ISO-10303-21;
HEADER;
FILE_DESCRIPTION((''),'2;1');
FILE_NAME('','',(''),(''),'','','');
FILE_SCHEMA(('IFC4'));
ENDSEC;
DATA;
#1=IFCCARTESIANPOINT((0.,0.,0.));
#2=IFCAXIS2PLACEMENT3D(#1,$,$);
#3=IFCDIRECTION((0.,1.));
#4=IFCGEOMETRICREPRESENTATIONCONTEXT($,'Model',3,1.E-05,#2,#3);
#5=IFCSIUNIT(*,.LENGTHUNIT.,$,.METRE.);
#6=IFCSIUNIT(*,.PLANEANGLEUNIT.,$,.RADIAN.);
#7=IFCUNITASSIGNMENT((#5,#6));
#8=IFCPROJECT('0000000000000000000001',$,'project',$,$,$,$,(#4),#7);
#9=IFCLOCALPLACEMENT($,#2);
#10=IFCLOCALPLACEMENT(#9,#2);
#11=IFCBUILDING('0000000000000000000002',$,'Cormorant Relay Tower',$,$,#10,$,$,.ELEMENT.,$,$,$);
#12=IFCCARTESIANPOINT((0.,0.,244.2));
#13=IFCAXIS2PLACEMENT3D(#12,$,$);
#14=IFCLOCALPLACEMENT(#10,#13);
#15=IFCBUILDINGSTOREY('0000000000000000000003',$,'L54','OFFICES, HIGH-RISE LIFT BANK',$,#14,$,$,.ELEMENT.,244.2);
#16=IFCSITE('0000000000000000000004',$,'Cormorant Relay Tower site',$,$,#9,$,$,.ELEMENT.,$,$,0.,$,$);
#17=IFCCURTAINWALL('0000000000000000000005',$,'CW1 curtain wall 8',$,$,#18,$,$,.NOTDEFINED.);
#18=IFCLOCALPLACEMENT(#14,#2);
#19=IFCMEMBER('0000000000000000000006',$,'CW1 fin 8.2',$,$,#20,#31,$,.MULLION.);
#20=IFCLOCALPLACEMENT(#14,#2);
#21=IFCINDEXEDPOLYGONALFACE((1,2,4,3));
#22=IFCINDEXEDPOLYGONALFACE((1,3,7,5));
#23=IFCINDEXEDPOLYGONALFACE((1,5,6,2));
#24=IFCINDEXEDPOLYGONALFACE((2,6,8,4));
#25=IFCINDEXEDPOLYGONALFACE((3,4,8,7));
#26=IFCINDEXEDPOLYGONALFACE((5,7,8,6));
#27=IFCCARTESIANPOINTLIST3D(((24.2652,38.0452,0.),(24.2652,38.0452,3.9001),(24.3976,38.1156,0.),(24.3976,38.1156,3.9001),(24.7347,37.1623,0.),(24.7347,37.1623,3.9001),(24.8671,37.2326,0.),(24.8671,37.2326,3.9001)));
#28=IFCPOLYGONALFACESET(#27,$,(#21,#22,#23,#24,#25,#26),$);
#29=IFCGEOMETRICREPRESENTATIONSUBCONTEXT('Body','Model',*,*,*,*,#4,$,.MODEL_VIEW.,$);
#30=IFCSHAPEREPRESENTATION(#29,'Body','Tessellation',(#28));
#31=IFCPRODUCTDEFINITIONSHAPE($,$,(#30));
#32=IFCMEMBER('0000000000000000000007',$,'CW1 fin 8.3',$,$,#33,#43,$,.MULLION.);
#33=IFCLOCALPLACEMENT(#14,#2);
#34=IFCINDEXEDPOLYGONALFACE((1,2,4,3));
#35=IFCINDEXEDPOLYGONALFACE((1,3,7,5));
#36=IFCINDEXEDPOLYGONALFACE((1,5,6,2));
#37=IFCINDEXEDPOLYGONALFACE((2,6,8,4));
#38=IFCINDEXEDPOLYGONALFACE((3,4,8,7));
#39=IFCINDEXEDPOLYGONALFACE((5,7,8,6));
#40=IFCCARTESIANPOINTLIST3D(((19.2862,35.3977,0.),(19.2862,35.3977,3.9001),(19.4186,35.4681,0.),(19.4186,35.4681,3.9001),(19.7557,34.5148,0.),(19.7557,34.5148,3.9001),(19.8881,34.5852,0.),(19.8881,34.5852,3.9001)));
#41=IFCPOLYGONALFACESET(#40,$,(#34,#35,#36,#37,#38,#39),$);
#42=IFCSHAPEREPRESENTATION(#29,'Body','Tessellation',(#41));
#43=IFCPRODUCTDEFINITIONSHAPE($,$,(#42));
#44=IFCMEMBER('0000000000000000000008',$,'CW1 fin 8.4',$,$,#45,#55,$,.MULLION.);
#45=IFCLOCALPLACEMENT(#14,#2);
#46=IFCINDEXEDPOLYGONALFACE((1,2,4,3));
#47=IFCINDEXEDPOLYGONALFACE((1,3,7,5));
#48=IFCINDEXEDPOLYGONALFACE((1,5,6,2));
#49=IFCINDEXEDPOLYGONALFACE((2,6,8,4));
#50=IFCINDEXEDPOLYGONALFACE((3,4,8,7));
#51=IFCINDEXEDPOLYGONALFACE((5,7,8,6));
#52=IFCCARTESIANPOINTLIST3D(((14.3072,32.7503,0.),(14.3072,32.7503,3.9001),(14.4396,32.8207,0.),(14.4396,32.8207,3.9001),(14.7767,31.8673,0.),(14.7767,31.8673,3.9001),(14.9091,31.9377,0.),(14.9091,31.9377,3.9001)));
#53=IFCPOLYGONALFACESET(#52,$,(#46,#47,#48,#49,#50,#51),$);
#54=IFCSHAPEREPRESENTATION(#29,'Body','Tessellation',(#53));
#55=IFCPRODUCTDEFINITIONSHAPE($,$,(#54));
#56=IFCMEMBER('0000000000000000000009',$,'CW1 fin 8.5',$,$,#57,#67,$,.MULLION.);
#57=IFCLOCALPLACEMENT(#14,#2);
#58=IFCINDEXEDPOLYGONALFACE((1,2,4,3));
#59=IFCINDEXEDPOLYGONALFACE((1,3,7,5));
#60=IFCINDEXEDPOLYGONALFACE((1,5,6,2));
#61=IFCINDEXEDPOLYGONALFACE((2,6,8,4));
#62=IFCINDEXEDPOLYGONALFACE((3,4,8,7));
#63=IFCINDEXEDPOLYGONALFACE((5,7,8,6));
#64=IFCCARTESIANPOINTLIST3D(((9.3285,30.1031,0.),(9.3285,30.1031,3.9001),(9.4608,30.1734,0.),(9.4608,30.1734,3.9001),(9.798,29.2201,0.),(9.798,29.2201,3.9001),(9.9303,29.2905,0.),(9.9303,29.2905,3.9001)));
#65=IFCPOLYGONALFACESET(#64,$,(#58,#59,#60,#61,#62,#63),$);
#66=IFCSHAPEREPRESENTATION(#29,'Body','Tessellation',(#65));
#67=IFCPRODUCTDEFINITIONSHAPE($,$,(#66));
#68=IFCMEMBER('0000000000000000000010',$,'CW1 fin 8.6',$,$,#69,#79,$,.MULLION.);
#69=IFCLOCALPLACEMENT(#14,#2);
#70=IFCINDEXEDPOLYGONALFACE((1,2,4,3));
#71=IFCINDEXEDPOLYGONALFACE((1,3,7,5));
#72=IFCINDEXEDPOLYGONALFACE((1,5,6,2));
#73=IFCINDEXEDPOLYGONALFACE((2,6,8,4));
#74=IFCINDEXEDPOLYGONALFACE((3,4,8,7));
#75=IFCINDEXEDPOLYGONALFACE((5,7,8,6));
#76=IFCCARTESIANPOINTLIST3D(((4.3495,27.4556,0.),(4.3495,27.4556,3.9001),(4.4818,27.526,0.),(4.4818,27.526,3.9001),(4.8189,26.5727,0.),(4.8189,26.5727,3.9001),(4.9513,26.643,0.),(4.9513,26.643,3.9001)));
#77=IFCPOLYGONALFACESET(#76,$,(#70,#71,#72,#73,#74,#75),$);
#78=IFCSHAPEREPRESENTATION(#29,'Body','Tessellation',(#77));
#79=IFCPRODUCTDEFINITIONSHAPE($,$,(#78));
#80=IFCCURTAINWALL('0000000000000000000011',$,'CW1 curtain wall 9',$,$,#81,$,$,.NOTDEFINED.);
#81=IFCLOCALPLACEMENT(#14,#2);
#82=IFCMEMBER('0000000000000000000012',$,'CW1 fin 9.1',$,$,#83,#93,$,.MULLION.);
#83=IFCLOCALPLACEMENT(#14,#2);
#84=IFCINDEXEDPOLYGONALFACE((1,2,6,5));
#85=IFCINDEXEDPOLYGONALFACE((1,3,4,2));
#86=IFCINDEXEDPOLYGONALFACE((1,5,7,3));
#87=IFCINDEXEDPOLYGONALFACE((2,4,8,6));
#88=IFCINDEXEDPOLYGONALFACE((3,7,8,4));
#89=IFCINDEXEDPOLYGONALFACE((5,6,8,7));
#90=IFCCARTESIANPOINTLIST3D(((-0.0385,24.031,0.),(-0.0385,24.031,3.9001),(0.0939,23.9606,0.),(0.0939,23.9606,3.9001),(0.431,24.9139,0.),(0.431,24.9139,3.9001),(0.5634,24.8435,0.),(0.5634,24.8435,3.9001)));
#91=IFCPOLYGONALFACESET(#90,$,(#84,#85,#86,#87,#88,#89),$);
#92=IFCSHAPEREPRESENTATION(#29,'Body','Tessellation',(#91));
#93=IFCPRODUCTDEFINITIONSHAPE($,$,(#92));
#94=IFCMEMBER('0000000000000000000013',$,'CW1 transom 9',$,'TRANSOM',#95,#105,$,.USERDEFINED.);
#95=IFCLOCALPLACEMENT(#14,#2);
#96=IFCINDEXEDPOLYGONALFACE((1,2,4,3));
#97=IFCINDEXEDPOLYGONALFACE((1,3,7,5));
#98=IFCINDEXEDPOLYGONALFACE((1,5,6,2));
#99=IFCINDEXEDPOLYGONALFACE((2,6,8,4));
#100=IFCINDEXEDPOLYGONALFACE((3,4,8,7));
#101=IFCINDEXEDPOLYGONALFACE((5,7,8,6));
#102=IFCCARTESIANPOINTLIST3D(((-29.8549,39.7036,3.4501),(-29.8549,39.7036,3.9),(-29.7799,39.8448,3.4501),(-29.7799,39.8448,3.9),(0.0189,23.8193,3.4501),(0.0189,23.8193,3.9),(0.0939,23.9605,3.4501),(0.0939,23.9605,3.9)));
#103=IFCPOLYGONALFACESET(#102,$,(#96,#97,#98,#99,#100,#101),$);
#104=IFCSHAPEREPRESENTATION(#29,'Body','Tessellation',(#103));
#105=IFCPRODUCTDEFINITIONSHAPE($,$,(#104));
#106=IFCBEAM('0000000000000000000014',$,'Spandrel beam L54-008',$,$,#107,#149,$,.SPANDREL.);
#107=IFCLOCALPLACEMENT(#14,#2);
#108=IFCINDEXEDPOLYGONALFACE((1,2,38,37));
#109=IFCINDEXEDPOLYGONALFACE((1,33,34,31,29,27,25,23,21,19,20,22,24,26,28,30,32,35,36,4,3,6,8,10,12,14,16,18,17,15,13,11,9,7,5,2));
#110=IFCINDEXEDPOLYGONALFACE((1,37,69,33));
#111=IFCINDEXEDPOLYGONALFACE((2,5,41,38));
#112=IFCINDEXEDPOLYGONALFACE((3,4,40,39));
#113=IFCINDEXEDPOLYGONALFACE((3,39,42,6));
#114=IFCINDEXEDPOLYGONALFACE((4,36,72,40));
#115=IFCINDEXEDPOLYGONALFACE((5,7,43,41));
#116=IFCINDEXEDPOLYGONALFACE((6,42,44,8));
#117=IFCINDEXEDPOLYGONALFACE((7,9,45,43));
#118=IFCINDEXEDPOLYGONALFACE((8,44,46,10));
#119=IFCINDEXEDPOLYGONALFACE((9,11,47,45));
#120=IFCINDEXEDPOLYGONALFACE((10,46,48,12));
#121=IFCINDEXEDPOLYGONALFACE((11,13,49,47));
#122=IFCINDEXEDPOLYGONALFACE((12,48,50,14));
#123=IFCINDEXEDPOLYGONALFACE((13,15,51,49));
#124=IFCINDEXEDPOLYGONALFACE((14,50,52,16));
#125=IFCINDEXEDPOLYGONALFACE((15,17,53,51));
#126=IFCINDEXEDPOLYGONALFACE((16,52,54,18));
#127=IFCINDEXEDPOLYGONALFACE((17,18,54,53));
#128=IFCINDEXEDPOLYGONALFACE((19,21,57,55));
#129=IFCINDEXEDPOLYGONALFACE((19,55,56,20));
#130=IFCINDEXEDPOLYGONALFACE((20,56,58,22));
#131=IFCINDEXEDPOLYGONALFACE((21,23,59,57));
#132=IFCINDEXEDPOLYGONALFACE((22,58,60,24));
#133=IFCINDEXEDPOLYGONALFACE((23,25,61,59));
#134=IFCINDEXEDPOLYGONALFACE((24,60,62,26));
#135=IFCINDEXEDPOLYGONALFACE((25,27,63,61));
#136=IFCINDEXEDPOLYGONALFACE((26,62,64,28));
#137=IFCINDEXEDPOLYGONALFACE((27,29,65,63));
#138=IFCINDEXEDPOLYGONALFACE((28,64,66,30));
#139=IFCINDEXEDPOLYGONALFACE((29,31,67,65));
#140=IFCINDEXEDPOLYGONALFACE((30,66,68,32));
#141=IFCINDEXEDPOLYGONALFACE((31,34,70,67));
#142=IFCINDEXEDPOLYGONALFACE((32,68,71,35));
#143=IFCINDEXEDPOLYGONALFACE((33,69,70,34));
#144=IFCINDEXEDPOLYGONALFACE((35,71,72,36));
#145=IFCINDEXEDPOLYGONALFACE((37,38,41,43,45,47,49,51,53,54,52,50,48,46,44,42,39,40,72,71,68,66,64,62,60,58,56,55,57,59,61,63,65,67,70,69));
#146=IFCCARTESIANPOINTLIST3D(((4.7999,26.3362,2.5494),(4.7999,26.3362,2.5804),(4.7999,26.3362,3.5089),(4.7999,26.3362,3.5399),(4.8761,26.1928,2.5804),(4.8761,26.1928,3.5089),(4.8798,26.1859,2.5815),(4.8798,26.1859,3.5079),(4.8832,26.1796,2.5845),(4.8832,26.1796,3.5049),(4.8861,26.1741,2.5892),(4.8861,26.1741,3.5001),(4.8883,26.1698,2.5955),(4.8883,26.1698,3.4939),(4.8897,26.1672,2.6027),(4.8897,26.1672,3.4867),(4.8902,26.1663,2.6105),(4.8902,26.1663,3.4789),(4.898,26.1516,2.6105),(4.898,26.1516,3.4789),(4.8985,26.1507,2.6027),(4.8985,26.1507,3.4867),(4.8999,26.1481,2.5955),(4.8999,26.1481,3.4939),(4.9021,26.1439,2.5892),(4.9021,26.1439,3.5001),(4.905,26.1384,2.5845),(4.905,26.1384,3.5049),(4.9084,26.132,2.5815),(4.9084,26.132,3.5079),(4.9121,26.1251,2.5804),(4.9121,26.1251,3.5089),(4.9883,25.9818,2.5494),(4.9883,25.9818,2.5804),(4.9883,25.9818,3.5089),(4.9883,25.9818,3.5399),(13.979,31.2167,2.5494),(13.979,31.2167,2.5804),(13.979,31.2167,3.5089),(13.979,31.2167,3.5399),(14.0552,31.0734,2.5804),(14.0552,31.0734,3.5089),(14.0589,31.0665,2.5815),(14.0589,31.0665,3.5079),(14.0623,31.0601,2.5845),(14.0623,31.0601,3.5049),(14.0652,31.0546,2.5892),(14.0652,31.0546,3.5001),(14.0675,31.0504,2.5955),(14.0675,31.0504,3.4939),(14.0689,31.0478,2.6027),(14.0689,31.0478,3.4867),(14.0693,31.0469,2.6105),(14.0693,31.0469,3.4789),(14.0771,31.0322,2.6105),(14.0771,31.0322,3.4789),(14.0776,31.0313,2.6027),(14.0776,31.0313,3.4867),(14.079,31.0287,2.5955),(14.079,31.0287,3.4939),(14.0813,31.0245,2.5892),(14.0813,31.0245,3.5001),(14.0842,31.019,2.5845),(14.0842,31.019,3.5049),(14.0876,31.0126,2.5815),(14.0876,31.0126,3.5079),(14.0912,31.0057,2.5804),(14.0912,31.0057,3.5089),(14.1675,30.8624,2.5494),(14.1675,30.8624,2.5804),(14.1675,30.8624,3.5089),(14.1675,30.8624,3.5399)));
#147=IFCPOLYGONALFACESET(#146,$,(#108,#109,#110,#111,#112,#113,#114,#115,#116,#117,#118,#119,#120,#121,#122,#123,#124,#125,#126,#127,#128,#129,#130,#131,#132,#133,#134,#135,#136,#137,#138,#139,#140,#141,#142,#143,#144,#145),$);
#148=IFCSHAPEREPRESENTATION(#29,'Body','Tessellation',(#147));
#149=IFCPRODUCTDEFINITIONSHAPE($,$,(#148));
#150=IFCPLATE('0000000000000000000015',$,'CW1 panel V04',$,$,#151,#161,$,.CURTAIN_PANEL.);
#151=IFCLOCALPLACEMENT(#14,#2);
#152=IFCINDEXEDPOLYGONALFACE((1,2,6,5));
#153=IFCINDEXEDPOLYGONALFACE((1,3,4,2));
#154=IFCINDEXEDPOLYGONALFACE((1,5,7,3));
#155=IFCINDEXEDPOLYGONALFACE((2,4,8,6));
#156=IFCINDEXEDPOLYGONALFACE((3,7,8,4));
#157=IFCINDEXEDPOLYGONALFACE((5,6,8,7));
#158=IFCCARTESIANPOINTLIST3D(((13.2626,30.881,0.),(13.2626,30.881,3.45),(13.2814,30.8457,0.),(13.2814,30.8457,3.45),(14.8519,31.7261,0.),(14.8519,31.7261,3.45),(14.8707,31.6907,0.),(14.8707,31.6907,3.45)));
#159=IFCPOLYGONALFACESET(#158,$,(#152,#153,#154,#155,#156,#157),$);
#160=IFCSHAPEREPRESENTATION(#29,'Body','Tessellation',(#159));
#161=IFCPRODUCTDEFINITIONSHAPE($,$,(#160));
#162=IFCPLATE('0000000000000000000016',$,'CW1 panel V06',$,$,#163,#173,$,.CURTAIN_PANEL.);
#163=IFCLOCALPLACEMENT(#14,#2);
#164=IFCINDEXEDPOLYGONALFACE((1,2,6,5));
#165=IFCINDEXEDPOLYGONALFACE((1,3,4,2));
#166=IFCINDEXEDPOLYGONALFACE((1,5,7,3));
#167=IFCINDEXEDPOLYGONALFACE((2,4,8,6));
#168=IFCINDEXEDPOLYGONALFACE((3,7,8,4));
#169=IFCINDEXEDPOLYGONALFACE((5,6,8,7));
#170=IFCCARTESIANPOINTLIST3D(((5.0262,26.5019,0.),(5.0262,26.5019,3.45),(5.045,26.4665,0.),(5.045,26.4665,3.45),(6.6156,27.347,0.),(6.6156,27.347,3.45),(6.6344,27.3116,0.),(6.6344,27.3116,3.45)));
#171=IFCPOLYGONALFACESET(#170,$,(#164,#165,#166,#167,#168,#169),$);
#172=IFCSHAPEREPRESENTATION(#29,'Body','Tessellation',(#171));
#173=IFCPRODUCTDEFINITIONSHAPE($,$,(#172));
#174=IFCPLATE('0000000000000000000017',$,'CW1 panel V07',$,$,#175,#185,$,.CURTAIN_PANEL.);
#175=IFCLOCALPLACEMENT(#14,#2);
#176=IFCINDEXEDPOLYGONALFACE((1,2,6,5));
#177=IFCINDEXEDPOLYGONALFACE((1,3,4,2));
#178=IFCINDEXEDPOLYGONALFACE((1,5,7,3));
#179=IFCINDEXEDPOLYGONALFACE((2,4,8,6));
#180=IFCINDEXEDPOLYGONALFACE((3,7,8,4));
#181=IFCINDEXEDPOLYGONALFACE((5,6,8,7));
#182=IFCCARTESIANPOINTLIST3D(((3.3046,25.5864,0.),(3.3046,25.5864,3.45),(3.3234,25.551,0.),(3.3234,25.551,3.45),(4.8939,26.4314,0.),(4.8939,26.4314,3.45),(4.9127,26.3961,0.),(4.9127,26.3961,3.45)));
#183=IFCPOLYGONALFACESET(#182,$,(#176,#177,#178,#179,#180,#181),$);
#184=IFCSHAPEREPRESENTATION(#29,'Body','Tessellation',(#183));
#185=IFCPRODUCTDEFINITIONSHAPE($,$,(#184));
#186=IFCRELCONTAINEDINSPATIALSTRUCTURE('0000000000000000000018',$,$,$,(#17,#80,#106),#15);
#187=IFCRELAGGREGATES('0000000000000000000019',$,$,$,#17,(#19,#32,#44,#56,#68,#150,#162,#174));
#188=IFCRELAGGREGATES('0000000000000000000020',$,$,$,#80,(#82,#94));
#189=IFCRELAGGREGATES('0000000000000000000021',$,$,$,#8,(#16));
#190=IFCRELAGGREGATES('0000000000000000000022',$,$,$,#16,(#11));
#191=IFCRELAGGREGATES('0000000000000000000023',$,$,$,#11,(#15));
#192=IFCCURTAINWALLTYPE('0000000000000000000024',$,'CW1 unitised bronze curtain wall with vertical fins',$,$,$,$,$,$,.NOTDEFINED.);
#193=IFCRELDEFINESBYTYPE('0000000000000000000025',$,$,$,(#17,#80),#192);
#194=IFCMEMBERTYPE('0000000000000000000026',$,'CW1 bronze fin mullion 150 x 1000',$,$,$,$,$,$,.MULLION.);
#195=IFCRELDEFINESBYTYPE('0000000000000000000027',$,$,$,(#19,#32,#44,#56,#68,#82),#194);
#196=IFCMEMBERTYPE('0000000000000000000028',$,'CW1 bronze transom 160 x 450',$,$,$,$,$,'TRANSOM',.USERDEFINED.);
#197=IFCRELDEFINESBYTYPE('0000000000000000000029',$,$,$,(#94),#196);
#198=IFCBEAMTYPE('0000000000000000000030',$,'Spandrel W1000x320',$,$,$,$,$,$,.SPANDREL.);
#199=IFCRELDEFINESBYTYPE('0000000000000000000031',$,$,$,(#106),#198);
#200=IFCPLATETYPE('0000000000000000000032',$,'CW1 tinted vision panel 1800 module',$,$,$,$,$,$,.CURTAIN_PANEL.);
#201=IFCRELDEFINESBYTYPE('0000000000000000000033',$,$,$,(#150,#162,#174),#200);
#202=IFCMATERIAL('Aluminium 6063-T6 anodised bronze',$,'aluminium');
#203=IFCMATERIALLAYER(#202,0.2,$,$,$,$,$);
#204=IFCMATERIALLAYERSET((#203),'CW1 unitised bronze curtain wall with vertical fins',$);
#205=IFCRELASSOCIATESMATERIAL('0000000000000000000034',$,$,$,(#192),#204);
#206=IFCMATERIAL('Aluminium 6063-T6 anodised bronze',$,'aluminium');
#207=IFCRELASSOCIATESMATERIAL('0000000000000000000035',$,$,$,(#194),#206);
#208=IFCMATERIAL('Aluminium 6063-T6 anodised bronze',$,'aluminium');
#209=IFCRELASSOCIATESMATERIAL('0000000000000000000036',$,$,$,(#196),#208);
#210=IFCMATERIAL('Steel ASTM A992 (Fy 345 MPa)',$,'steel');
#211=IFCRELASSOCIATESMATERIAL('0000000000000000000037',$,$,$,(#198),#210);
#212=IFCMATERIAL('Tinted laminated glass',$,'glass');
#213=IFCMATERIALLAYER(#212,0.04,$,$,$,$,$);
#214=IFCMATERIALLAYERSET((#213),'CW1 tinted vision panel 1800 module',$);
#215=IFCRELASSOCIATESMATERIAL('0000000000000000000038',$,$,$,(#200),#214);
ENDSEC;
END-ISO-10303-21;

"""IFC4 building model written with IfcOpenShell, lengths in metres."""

from ifc_helpers import new_model, si_unit, direction, frame, origin, origin_2d, place, context, subcontext, project, spatial, rectangle, i_section, extrude, material, layer, layer_set, material_profile, profile_set, type_object, element, aggregate, save


model = new_model("IFC4")

# Units and contexts
model_context = context("Model", 3, precision=1e-05, world=origin(), true_north=direction((0.0, 1.0)))
body_context = subcontext(model_context, "Body", "Model", "MODEL_VIEW")
ifc_project = project(units=[si_unit("LENGTHUNIT", "METRE"), si_unit("PLANEANGLEUNIT", "RADIAN")], contexts=[model_context])

# Site, building, storey
site_placement = place(None, origin())
site = spatial("IfcSite", under=ifc_project, at=site_placement, Name="Cormorant Relay Tower site", CompositionType="ELEMENT", RefElevation=0.0)
building_placement = place(site_placement, origin())
building = spatial("IfcBuilding", under=site, at=building_placement, Name="Cormorant Relay Tower", CompositionType="ELEMENT")
storey_placement = place(building_placement, frame((0.0, 0.0, 244.2)))
storey = spatial("IfcBuildingStorey", under=building, at=storey_placement, Name="L54", Description="OFFICES, HIGH-RISE LIFT BANK", CompositionType="ELEMENT", Elevation=244.2)

# Curtain walls, members
ifc_material_1 = material(Name="Aluminium 6063-T6 anodised bronze", Category="aluminium")
ifc_layer_1 = layer(ifc_material_1, 0.2)
ifc_layer_set_1 = layer_set([ifc_layer_1], Name="CW1 unitised bronze curtain wall with vertical fins")
curtain_wall_type = type_object("IfcCurtainWallType", Name="CW1 unitised bronze curtain wall with vertical fins", PredefinedType="NOTDEFINED", material=ifc_layer_set_1)
curtain_wall_1_placement = place(storey_placement, origin())
curtain_wall_1 = element("IfcCurtainWall", 1, at=curtain_wall_1_placement, inside=storey, type_object=curtain_wall_type, Name="CW1 curtain wall 8", PredefinedType="NOTDEFINED")
ifc_material_2 = material(Name="Aluminium 6063-T6 anodised bronze", Category="aluminium")
ifc_material_profile_1 = material_profile(ifc_material_2, rectangle(XDim=0.1499, YDim=1.0, at=origin_2d()), Name="AL 150x1000")
ifc_profile_set_1 = profile_set([ifc_material_profile_1], Name="Aluminium 6063-T6 anodised bronze")
member_type_1 = type_object("IfcMemberType", Name="CW1 bronze fin mullion 150 x 1000", PredefinedType="MULLION", material=ifc_profile_set_1)
member_1_placement = place(storey_placement, frame((24.5662, 37.6389, 0.0), z_axis=(0.0, 0.0, 1.0), x_axis=(-0.882948, -0.469472, 0.0)))
member_1 = element("IfcMember", 2, at=member_1_placement, type_object=member_type_1, Name="CW1 fin 8.2", PredefinedType="MULLION", context=body_context, shape_type="SweptSolid", body=[
    extrude(rectangle(XDim=0.1499, YDim=1.0, at=origin_2d()), origin(), (0.0, 0.0, 1.0), 3.9001),
])
member_2_placement = place(storey_placement, frame((19.5872, 34.9915, 0.0), z_axis=(0.0, 0.0, 1.0), x_axis=(-0.882948, -0.469472, 0.0)))
member_2 = element("IfcMember", 3, at=member_2_placement, type_object=member_type_1, Name="CW1 fin 8.3", PredefinedType="MULLION", context=body_context, shape_type="SweptSolid", body=[
    extrude(rectangle(XDim=0.1499, YDim=1.0, at=origin_2d()), origin(), (0.0, 0.0, 1.0), 3.9001),
])
member_3_placement = place(storey_placement, frame((14.6082, 32.344, 0.0), z_axis=(0.0, 0.0, 1.0), x_axis=(-0.882948, -0.469472, 0.0)))
member_3 = element("IfcMember", 4, at=member_3_placement, type_object=member_type_1, Name="CW1 fin 8.4", PredefinedType="MULLION", context=body_context, shape_type="SweptSolid", body=[
    extrude(rectangle(XDim=0.1499, YDim=1.0, at=origin_2d()), origin(), (0.0, 0.0, 1.0), 3.9001),
])
member_4_placement = place(storey_placement, frame((9.6294, 29.6968, 0.0), z_axis=(0.0, 0.0, 1.0), x_axis=(-0.882948, -0.469472, 0.0)))
member_4 = element("IfcMember", 5, at=member_4_placement, type_object=member_type_1, Name="CW1 fin 8.5", PredefinedType="MULLION", context=body_context, shape_type="SweptSolid", body=[
    extrude(rectangle(XDim=0.1499, YDim=1.0, at=origin_2d()), origin(), (0.0, 0.0, 1.0), 3.9001),
])
member_5_placement = place(storey_placement, frame((4.6504, 27.0493, 0.0), z_axis=(0.0, 0.0, 1.0), x_axis=(-0.882948, -0.469472, 0.0)))
member_5 = element("IfcMember", 6, at=member_5_placement, type_object=member_type_1, Name="CW1 fin 8.6", PredefinedType="MULLION", context=body_context, shape_type="SweptSolid", body=[
    extrude(rectangle(XDim=0.1499, YDim=1.0, at=origin_2d()), origin(), (0.0, 0.0, 1.0), 3.9001),
])
curtain_wall_2_placement = place(storey_placement, origin())
curtain_wall_2 = element("IfcCurtainWall", 7, at=curtain_wall_2_placement, inside=storey, type_object=curtain_wall_type, Name="CW1 curtain wall 9", PredefinedType="NOTDEFINED")
member_6_placement = place(storey_placement, frame((0.2625, 24.4373, 0.0), z_axis=(0.0, 0.0, 1.0), x_axis=(-0.882948, 0.469472, 0.0)))
member_6 = element("IfcMember", 8, at=member_6_placement, type_object=member_type_1, Name="CW1 fin 9.1", PredefinedType="MULLION", context=body_context, shape_type="SweptSolid", body=[
    extrude(rectangle(XDim=0.1499, YDim=1.0, at=origin_2d()), origin(), (0.0, 0.0, 1.0), 3.9001),
])
ifc_material_3 = material(Name="Aluminium 6063-T6 anodised bronze", Category="aluminium")
ifc_material_profile_2 = material_profile(ifc_material_3, rectangle(XDim=0.1599, YDim=0.45, at=origin_2d()), Name="AL 160x450")
ifc_profile_set_2 = profile_set([ifc_material_profile_2], Name="Aluminium 6063-T6 anodised bronze")
member_type_2 = type_object("IfcMemberType", Name="CW1 bronze transom 160 x 450", ElementType="TRANSOM", PredefinedType="USERDEFINED", material=ifc_profile_set_2)
member_7_placement = place(storey_placement, frame((0.0564, 23.8899, 3.675), z_axis=(-0.882946, 0.469474, 0.0), x_axis=(-0.469474, -0.882946, 0.0)))
member_7 = element("IfcMember", 9, at=member_7_placement, type_object=member_type_2, Name="CW1 transom 9", ObjectType="TRANSOM", PredefinedType="USERDEFINED", context=body_context, shape_type="SweptSolid", body=[
    extrude(rectangle(XDim=0.1599, YDim=0.45, at=origin_2d()), origin(), (0.0, 0.0, 1.0), 33.8342),
])

# Beam
ifc_material_4 = material(Name="Steel ASTM A992 (Fy 345 MPa)", Category="steel")
ifc_material_profile_3 = material_profile(ifc_material_4, i_section(OverallWidth=0.4014, OverallDepth=0.9905, WebThickness=0.0166, FlangeThickness=0.031, FilletRadius=0.03, at=origin_2d()), Name="W1000x320")
ifc_profile_set_3 = profile_set([ifc_material_profile_3], Name="Steel ASTM A992 (Fy 345 MPa)")
beam_type = type_object("IfcBeamType", Name="Spandrel W1000x320", PredefinedType="SPANDREL", material=ifc_profile_set_3)
beam_placement = place(storey_placement, frame((14.0732, 31.0396, 3.0447), z_axis=(-0.88295, -0.469468, 0.0), x_axis=(0.469468, -0.88295, 0.0)))
element("IfcBeam", 10, at=beam_placement, inside=storey, type_object=beam_type, Name="Spandrel beam L54-008", PredefinedType="SPANDREL", context=body_context, shape_type="SweptSolid", body=[
    extrude(i_section(OverallWidth=0.4014, OverallDepth=0.9905, WebThickness=0.0166, FlangeThickness=0.031, FilletRadius=0.03, at=origin_2d()), origin(), (0.0, 0.0, 1.0), 10.396),
])

# Plates
ifc_material_5 = material(Name="Tinted laminated glass", Category="glass")
ifc_layer_2 = layer(ifc_material_5, 0.04)
ifc_layer_set_2 = layer_set([ifc_layer_2], Name="CW1 tinted vision panel 1800 module")
plate_type_1 = type_object("IfcPlateType", Name="CW1 tinted vision panel 1800 module", PredefinedType="CURTAIN_PANEL", material=ifc_layer_set_2)
plate_1_placement = place(storey_placement, frame((14.0667, 31.2859, 0.0), z_axis=(0.0, 0.0, 1.0), x_axis=(-0.882948, -0.469472, 0.0)))
plate_1 = element("IfcPlate", 11, at=plate_1_placement, type_object=plate_type_1, Name="CW1 panel V04", PredefinedType="CURTAIN_PANEL", context=body_context, shape_type="SweptSolid", body=[
    extrude(rectangle(XDim=1.8, YDim=0.04, at=origin_2d()), origin(), (0.0, 0.0, 1.0), 3.45),
])
plate_2_placement = place(storey_placement, frame((5.8303, 26.9067, 0.0), z_axis=(0.0, 0.0, 1.0), x_axis=(-0.882948, -0.469472, 0.0)))
plate_2 = element("IfcPlate", 12, at=plate_2_placement, type_object=plate_type_1, Name="CW1 panel V06", PredefinedType="CURTAIN_PANEL", context=body_context, shape_type="SweptSolid", body=[
    extrude(rectangle(XDim=1.8, YDim=0.04, at=origin_2d()), origin(), (0.0, 0.0, 1.0), 3.45),
])
plate_3_placement = place(storey_placement, frame((4.1086, 25.9912, 0.0), z_axis=(0.0, 0.0, 1.0), x_axis=(-0.882948, -0.469472, 0.0)))
plate_3 = element("IfcPlate", 13, at=plate_3_placement, type_object=plate_type_1, Name="CW1 panel V07", PredefinedType="CURTAIN_PANEL", context=body_context, shape_type="SweptSolid", body=[
    extrude(rectangle(XDim=1.8, YDim=0.04, at=origin_2d()), origin(), (0.0, 0.0, 1.0), 3.45),
])

aggregate(curtain_wall_1, [member_1, member_2, member_3, member_4, member_5, plate_1, plate_2, plate_3])
aggregate(curtain_wall_2, [member_6, member_7])

save(model, "model.ifc")
